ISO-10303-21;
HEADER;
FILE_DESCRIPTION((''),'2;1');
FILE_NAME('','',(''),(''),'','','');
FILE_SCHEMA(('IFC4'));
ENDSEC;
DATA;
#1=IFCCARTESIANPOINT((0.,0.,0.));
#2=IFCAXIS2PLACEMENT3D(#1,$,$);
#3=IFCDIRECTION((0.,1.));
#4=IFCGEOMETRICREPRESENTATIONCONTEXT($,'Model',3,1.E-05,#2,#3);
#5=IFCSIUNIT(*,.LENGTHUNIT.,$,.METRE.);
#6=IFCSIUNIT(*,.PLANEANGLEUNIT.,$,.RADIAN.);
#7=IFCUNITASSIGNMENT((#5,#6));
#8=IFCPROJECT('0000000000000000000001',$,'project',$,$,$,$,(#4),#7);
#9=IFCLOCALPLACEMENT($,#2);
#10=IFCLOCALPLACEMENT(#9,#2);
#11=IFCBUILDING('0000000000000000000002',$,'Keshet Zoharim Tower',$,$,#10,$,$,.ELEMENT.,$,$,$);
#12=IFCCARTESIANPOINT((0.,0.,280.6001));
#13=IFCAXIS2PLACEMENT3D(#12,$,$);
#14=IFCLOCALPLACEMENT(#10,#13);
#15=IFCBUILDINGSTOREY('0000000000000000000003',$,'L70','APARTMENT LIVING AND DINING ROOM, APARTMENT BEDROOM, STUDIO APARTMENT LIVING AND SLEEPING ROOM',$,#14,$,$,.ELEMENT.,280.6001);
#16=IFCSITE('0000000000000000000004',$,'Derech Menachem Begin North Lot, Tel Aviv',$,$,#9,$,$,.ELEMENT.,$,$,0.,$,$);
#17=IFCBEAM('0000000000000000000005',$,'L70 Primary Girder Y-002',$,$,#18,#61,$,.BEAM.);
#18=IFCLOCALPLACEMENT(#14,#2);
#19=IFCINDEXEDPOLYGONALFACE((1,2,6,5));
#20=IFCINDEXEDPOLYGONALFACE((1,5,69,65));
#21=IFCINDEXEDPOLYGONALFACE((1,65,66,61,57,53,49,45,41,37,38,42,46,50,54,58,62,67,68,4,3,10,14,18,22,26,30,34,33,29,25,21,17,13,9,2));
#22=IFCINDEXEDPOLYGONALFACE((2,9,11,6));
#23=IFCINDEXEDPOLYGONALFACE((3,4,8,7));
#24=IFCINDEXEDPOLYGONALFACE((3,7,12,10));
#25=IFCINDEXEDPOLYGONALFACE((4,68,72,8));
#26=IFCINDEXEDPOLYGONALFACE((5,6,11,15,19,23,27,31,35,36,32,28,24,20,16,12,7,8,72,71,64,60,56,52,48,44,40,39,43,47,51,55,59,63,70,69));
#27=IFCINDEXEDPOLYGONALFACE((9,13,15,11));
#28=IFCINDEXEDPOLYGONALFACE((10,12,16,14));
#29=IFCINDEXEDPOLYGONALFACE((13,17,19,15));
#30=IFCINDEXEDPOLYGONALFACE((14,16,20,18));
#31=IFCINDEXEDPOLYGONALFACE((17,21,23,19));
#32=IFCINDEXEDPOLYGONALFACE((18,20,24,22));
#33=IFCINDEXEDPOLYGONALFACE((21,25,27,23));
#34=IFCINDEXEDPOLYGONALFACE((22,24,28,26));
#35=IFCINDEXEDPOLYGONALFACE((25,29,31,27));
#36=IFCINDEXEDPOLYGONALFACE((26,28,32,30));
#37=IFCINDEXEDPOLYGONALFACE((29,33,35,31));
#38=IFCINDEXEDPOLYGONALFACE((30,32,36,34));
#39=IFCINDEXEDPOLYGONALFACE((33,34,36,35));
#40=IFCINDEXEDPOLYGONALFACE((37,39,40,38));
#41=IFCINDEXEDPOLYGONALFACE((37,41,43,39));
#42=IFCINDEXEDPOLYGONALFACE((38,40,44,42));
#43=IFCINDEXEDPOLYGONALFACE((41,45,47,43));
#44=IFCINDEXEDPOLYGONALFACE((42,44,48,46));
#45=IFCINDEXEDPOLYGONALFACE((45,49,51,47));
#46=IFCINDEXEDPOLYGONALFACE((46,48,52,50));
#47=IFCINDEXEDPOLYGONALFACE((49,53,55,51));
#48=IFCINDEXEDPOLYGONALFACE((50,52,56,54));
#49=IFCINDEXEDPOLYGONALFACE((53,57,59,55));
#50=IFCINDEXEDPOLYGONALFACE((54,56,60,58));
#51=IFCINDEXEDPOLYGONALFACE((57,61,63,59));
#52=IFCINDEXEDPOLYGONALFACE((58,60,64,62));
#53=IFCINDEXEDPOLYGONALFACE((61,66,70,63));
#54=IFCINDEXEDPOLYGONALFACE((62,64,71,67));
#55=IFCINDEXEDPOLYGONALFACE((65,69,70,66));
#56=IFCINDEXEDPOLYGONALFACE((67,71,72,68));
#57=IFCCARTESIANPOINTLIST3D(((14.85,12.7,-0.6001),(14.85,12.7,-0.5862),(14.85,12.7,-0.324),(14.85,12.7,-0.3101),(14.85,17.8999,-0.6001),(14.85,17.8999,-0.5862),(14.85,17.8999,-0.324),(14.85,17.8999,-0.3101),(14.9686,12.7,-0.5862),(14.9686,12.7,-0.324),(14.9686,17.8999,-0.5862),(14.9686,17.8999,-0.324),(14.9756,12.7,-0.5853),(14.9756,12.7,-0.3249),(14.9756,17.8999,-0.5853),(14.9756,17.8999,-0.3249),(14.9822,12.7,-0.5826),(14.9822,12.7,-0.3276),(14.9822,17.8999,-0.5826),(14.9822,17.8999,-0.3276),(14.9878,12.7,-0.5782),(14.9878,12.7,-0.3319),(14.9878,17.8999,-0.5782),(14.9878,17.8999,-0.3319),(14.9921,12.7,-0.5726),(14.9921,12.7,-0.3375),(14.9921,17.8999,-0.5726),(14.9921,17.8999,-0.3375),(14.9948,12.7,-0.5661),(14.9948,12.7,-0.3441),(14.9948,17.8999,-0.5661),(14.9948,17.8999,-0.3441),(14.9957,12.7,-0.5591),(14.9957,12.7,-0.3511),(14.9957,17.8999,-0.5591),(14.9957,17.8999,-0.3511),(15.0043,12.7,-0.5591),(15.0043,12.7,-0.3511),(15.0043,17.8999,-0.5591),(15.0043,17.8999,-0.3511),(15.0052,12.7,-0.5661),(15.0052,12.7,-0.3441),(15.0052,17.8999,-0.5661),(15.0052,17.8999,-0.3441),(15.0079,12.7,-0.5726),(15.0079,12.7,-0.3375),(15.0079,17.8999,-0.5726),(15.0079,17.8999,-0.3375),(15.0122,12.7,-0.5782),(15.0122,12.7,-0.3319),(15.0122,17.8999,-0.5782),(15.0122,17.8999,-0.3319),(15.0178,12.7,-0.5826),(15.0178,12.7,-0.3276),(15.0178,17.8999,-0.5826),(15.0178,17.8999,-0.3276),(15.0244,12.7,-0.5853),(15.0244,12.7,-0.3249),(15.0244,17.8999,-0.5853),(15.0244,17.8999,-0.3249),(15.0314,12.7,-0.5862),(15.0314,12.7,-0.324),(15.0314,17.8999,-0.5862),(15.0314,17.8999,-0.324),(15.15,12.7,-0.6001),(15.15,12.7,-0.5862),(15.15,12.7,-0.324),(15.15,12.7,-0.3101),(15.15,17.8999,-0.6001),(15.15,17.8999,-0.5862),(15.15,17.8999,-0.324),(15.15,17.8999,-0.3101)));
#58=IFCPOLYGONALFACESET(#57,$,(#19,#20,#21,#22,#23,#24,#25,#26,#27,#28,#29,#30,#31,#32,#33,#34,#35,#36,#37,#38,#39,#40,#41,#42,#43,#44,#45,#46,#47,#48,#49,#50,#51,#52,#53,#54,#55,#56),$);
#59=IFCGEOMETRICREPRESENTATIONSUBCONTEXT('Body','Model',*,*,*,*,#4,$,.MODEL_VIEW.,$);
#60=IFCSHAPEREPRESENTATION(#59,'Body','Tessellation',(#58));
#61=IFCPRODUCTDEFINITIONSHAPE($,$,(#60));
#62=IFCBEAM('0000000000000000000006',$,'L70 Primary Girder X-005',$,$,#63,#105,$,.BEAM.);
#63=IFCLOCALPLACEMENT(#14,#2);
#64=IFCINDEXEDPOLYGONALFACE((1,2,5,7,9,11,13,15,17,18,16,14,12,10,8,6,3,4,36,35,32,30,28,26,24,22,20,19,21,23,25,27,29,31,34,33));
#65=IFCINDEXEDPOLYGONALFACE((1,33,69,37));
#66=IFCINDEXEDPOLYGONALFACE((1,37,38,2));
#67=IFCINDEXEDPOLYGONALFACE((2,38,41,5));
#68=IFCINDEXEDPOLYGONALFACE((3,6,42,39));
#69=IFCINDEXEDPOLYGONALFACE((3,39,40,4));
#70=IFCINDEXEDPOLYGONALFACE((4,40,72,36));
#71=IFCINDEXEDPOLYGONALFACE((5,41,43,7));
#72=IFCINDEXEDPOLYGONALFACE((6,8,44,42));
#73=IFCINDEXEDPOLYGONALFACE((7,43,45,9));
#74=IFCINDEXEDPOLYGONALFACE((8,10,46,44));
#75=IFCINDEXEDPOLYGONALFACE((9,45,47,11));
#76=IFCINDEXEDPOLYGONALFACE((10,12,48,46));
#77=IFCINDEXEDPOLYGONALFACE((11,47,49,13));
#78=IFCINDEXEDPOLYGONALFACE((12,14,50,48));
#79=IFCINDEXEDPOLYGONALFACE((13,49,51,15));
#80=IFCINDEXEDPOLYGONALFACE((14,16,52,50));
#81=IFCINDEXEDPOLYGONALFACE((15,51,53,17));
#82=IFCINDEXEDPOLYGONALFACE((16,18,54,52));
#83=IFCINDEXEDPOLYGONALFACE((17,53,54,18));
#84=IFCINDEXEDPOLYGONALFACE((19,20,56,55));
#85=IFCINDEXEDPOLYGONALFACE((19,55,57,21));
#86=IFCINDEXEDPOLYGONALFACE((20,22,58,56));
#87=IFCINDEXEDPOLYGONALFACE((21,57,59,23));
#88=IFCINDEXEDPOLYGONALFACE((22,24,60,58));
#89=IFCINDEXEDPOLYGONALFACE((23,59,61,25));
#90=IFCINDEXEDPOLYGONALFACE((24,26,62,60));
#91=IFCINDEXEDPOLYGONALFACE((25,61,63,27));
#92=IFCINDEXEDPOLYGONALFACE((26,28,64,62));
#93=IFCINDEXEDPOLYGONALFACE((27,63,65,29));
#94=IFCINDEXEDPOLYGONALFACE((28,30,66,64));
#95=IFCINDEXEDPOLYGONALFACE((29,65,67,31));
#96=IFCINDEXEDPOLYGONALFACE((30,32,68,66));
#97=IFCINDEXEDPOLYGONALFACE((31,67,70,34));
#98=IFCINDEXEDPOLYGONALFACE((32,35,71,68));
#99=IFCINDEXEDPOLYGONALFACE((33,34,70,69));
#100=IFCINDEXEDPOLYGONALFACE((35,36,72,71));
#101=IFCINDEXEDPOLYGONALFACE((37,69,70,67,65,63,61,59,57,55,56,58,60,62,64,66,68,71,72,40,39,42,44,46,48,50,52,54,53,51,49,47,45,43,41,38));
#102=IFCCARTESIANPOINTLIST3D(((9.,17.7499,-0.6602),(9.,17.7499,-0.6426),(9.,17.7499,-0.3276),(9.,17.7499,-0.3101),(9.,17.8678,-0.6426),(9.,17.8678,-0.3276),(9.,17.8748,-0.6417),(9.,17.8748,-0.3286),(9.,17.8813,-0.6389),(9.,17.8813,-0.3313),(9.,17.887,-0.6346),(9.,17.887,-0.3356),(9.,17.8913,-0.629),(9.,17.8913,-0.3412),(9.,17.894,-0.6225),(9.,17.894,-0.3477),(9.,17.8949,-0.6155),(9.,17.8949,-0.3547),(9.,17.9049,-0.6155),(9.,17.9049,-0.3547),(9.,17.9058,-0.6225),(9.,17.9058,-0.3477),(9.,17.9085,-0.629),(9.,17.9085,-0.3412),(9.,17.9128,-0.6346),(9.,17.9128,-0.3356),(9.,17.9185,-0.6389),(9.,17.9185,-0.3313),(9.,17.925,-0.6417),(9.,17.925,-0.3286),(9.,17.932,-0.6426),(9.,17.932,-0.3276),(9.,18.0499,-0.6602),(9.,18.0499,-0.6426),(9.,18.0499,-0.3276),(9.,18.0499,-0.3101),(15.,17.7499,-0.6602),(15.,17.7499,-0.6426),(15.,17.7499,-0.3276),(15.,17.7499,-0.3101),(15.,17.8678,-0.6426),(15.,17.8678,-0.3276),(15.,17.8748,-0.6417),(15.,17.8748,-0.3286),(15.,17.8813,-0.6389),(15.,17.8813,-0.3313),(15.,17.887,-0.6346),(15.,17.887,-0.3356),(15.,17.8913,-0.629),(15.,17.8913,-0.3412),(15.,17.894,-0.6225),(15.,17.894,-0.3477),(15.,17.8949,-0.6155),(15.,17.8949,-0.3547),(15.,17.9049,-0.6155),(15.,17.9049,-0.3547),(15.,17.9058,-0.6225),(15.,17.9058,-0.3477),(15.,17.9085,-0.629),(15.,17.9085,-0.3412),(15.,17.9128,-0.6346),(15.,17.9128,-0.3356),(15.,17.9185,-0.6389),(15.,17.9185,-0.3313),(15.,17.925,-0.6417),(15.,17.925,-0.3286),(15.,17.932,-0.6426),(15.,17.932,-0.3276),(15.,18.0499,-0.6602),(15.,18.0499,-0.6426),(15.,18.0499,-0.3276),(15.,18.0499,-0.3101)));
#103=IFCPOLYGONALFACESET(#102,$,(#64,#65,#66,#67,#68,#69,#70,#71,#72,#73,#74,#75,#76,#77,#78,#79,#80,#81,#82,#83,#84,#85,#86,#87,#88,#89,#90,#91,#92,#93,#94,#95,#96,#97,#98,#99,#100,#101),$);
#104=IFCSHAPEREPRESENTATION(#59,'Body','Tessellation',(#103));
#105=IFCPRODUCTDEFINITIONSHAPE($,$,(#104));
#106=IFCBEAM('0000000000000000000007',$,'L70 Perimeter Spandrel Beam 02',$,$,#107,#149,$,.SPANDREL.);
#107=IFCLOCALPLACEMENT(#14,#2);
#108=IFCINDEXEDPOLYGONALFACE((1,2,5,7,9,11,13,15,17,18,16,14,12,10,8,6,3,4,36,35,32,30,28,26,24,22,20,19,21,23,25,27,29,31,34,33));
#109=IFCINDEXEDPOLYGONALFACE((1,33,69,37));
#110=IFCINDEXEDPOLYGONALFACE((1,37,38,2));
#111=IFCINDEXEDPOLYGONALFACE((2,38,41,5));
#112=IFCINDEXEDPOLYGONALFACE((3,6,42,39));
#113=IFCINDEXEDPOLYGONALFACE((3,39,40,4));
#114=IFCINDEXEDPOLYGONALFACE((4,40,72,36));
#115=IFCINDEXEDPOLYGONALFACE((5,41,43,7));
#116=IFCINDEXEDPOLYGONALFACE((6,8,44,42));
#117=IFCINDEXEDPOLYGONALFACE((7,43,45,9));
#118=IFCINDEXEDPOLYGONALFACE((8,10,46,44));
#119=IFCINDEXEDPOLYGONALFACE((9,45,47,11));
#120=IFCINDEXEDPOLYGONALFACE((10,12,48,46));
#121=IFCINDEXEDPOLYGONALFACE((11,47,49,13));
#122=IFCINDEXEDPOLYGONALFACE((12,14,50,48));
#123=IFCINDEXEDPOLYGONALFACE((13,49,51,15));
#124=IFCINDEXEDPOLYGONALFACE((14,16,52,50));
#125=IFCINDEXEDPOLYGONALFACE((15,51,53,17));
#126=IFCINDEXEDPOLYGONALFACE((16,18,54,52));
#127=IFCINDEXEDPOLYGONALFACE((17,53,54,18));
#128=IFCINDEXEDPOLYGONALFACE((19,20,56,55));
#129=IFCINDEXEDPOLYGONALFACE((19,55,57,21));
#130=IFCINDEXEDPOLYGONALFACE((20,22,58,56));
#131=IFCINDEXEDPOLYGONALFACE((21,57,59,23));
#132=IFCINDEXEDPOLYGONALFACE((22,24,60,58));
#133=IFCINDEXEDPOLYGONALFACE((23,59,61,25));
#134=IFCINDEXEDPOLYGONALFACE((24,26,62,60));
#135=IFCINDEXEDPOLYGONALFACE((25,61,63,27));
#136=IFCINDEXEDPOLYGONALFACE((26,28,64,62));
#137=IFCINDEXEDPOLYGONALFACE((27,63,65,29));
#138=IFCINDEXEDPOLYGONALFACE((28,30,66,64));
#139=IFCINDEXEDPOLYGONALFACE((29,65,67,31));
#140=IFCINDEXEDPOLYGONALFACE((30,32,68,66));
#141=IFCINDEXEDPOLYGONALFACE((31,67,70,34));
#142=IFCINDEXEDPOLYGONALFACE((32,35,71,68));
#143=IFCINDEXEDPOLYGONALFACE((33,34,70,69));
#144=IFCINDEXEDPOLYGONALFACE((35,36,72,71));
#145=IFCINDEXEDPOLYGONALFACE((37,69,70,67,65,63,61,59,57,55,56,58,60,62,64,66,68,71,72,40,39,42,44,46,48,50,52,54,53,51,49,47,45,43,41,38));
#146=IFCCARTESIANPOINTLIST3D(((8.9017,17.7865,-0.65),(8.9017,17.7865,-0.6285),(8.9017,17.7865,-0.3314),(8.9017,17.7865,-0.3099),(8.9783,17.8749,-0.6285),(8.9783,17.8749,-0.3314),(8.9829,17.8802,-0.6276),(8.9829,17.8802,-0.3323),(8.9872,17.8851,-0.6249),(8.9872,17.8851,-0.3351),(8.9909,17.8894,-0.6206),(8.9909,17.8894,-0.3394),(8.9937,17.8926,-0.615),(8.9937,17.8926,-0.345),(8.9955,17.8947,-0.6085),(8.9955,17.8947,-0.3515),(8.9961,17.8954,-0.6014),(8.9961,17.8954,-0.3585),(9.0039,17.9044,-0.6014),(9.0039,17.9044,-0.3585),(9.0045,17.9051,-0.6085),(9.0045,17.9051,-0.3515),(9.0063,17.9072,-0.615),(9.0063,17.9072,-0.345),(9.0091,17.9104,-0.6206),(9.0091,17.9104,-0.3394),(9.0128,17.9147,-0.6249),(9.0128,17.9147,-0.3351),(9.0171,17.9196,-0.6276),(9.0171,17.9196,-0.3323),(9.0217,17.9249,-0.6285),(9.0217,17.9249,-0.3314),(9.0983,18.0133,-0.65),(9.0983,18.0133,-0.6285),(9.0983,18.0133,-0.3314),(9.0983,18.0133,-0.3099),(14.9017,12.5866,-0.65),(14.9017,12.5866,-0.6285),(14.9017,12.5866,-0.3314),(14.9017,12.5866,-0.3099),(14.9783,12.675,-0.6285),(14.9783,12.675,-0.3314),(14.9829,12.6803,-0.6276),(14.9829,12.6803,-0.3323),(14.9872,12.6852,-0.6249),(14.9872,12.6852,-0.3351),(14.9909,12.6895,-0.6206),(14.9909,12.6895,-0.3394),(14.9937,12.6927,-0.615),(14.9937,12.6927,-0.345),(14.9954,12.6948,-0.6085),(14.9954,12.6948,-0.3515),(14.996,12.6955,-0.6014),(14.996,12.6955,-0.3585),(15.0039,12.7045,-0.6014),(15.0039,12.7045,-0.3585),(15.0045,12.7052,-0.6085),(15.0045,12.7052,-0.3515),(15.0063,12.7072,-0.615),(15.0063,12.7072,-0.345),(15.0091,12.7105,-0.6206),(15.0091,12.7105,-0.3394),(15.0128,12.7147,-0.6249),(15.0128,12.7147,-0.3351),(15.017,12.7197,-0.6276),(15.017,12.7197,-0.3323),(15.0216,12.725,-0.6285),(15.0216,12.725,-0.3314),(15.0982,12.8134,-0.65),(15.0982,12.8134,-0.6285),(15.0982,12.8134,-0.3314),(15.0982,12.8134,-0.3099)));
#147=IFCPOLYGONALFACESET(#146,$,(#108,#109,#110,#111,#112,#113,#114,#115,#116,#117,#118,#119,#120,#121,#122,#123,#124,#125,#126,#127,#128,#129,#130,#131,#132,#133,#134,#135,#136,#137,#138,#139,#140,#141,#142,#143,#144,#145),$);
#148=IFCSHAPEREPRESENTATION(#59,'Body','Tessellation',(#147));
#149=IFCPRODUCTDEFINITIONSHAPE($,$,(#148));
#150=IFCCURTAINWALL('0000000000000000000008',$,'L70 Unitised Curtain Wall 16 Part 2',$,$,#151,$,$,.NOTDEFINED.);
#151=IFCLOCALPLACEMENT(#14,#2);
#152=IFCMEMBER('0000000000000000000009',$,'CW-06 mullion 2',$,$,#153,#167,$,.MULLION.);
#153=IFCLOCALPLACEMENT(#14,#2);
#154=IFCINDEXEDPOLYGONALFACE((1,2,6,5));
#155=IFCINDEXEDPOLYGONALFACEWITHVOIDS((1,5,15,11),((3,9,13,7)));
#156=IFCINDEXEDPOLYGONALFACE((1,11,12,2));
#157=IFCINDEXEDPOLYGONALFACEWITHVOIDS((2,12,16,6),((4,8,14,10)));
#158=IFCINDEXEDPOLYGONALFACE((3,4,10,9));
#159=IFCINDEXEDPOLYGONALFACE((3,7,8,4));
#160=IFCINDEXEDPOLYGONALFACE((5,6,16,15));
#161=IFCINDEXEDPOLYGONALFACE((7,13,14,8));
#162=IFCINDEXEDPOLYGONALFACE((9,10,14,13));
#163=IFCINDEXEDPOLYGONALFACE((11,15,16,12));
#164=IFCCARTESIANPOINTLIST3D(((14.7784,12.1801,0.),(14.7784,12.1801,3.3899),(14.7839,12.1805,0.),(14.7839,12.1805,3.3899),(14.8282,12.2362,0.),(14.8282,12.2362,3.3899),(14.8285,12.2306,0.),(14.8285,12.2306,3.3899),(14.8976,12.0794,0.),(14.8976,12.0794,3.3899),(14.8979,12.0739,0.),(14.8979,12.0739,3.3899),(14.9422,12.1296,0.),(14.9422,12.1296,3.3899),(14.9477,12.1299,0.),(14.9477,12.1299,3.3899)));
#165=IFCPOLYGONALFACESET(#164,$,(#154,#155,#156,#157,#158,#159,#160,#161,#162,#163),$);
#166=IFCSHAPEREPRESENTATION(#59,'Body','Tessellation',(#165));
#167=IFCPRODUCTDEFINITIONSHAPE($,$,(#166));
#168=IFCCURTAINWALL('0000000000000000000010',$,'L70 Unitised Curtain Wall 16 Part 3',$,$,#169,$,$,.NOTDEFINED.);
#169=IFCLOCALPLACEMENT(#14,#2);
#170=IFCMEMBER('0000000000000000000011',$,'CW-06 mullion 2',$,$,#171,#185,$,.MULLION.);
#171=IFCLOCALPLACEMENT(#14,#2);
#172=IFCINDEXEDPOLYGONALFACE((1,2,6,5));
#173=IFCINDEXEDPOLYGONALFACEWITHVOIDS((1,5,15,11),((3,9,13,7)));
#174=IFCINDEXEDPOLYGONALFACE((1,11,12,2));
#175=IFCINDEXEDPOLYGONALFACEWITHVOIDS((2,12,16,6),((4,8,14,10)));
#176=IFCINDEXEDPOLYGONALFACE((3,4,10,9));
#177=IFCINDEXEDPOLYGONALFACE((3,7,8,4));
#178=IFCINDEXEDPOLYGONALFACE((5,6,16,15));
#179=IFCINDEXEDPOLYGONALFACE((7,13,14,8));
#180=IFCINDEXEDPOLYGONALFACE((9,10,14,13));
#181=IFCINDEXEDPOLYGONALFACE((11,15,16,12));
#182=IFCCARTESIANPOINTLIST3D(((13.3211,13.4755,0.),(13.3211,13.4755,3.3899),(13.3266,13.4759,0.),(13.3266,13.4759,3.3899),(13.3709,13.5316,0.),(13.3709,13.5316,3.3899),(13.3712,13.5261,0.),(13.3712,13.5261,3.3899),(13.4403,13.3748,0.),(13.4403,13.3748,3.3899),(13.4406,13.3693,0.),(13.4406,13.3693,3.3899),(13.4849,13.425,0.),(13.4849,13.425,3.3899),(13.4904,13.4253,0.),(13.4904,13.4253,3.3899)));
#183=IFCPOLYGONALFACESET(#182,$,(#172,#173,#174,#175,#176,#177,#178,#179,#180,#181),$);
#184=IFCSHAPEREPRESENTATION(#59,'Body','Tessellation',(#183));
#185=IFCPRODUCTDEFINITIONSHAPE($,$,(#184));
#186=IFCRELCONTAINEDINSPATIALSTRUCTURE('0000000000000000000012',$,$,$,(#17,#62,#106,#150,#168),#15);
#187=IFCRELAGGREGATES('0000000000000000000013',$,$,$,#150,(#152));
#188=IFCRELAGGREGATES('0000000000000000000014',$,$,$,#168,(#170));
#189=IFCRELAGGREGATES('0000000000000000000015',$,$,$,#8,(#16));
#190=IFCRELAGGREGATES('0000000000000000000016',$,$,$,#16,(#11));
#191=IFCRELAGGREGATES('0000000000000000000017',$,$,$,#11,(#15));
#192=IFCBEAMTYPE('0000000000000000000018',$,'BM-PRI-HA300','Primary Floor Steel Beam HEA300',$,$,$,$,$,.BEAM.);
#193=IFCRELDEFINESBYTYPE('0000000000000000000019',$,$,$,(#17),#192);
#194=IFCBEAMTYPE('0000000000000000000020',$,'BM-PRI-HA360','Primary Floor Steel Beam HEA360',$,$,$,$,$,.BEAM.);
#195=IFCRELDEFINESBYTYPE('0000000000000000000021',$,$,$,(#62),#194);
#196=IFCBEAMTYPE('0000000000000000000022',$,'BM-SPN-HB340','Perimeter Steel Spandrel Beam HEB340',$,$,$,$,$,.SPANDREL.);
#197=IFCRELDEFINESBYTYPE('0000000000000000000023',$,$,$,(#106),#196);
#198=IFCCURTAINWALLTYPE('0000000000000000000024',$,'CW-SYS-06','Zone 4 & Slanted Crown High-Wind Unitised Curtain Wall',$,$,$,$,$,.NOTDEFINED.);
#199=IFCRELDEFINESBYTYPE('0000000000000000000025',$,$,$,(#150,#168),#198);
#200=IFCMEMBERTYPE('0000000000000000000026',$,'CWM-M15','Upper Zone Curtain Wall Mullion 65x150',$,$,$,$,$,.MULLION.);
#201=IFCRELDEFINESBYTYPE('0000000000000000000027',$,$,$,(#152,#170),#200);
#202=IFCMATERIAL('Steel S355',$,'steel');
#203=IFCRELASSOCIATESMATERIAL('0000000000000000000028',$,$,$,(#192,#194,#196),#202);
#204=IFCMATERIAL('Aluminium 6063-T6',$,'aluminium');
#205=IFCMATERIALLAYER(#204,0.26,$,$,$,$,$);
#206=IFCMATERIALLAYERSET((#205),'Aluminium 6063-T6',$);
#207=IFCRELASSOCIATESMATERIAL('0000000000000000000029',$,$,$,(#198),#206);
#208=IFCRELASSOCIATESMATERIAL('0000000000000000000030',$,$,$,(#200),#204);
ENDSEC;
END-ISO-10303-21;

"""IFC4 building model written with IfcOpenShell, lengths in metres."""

from ifc_helpers import new_model, si_unit, direction, frame, origin, origin_2d, place, context, subcontext, project, spatial, hollow_rectangle, i_section, extrude, material, layer, layer_set, material_profile, profile_set, type_object, element, aggregate, save


model = new_model("IFC4")

# Units and contexts
model_context = context("Model", 3, precision=1e-05, world=origin(), true_north=direction((0.0, 1.0)))
body_context = subcontext(model_context, "Body", "Model", "MODEL_VIEW")
ifc_project = project(units=[si_unit("LENGTHUNIT", "METRE"), si_unit("PLANEANGLEUNIT", "RADIAN")], contexts=[model_context])

# Site, building, storey
site_placement = place(None, origin())
site = spatial("IfcSite", under=ifc_project, at=site_placement, Name="Derech Menachem Begin North Lot, Tel Aviv", CompositionType="ELEMENT", RefElevation=0.0)
building_placement = place(site_placement, origin())
building = spatial("IfcBuilding", under=site, at=building_placement, Name="Keshet Zoharim Tower", CompositionType="ELEMENT")
storey_placement = place(building_placement, frame((0.0, 0.0, 280.6001)))
storey = spatial("IfcBuildingStorey", under=building, at=storey_placement, Name="L70", Description="APARTMENT LIVING AND DINING ROOM, APARTMENT BEDROOM, STUDIO APARTMENT LIVING AND SLEEPING ROOM", CompositionType="ELEMENT", Elevation=280.6001)

# Shared definitions
ifc_material_1 = material(Name="Steel S355", Category="steel")

# Beams
ifc_material_profile_1 = material_profile(ifc_material_1, i_section(OverallWidth=0.3, OverallDepth=0.29, WebThickness=0.0085, FlangeThickness=0.0139, FilletRadius=0.0271, at=origin_2d()), Name="HEA300")
ifc_profile_set_1 = profile_set([ifc_material_profile_1], Name="Steel S355")
beam_type_1 = type_object("IfcBeamType", Name="BM-PRI-HA300", Description="Primary Floor Steel Beam HEA300", PredefinedType="BEAM", material=ifc_profile_set_1)
beam_1_placement = place(storey_placement, frame((15.0, 12.7, -0.4551), z_axis=(0.0, 1.0, 0.0), x_axis=(-1.0, 0.0, 0.0)))
element("IfcBeam", 1, at=beam_1_placement, inside=storey, type_object=beam_type_1, Name="L70 Primary Girder Y-002", PredefinedType="BEAM", context=body_context, shape_type="SweptSolid", body=[
    extrude(i_section(OverallWidth=0.3, OverallDepth=0.29, WebThickness=0.0085, FlangeThickness=0.0139, FilletRadius=0.0271, at=origin_2d()), origin(), (0.0, 0.0, 1.0), 5.2),
])
ifc_material_profile_2 = material_profile(ifc_material_1, i_section(OverallWidth=0.3, OverallDepth=0.3501, WebThickness=0.01, FlangeThickness=0.0176, FilletRadius=0.0271, at=origin_2d()), Name="HEA360")
ifc_profile_set_2 = profile_set([ifc_material_profile_2], Name="Steel S355")
beam_type_2 = type_object("IfcBeamType", Name="BM-PRI-HA360", Description="Primary Floor Steel Beam HEA360", PredefinedType="BEAM", material=ifc_profile_set_2)
beam_2_placement = place(storey_placement, frame((9.0, 17.8999, -0.4851), z_axis=(1.0, 0.0, 0.0), x_axis=(0.0, 1.0, 0.0)))
element("IfcBeam", 2, at=beam_2_placement, inside=storey, type_object=beam_type_2, Name="L70 Primary Girder X-005", PredefinedType="BEAM", context=body_context, shape_type="SweptSolid", body=[
    extrude(i_section(OverallWidth=0.3, OverallDepth=0.3501, WebThickness=0.01, FlangeThickness=0.0176, FilletRadius=0.0271, at=origin_2d()), origin(), (0.0, 0.0, 1.0), 6.0),
])
ifc_material_profile_3 = material_profile(ifc_material_1, i_section(OverallWidth=0.3, OverallDepth=0.3401, WebThickness=0.012, FlangeThickness=0.0215, FilletRadius=0.0271, at=origin_2d()), Name="HEB340")
ifc_profile_set_3 = profile_set([ifc_material_profile_3], Name="Steel S355")
beam_type_3 = type_object("IfcBeamType", Name="BM-SPN-HB340", Description="Perimeter Steel Spandrel Beam HEB340", PredefinedType="SPANDREL", material=ifc_profile_set_3)
beam_3_placement = place(storey_placement, frame((9.0, 17.8999, -0.48), z_axis=(0.755692, -0.654927, 0.0), x_axis=(0.654927, 0.755692, 0.0)))
element("IfcBeam", 3, at=beam_3_placement, inside=storey, type_object=beam_type_3, Name="L70 Perimeter Spandrel Beam 02", PredefinedType="SPANDREL", context=body_context, shape_type="SweptSolid", body=[
    extrude(i_section(OverallWidth=0.3, OverallDepth=0.3401, WebThickness=0.012, FlangeThickness=0.0215, FilletRadius=0.0271, at=origin_2d()), origin(), (0.0, 0.0, 1.0), 7.9397),
])

# Curtain wall, member
ifc_material_2 = material(Name="Aluminium 6063-T6", Category="aluminium")
ifc_layer_1 = layer(ifc_material_2, 0.26)
ifc_layer_set_1 = layer_set([ifc_layer_1], Name="Aluminium 6063-T6")
curtain_wall_type = type_object("IfcCurtainWallType", Name="CW-SYS-06", Description="Zone 4 & Slanted Crown High-Wind Unitised Curtain Wall", PredefinedType="NOTDEFINED", material=ifc_layer_set_1)
curtain_wall_1_placement = place(storey_placement, origin())
curtain_wall_1 = element("IfcCurtainWall", 4, at=curtain_wall_1_placement, inside=storey, type_object=curtain_wall_type, Name="L70 Unitised Curtain Wall 16 Part 2", PredefinedType="NOTDEFINED")
ifc_material_profile_4 = material_profile(ifc_material_2, hollow_rectangle(XDim=0.075, YDim=0.1599, WallThickness=0.0039, at=origin_2d()), Name="MUL-75x160")
ifc_profile_set_4 = profile_set([ifc_material_profile_4], Name="Aluminium 6063-T6")
member_type_1 = type_object("IfcMemberType", Name="CWM-M15", Description="Upper Zone Curtain Wall Mullion 65x150", PredefinedType="MULLION", material=ifc_profile_set_4)
member_1_placement = place(storey_placement, frame((14.863, 12.155, 0.0), z_axis=(0.0, 0.0, 1.0), x_axis=(-0.664365, -0.747408, 0.0)))
member_1 = element("IfcMember", 5, at=member_1_placement, type_object=member_type_1, Name="CW-06 mullion 2", PredefinedType="MULLION", context=body_context, shape_type="SweptSolid", body=[
    extrude(hollow_rectangle(XDim=0.075, YDim=0.1599, WallThickness=0.0039, at=origin_2d()), origin(), (0.0, 0.0, 1.0), 3.3899),
])
aggregate(curtain_wall_1, [member_1])

# Curtain wall, member
curtain_wall_2_placement = place(storey_placement, origin())
curtain_wall_2 = element("IfcCurtainWall", 6, at=curtain_wall_2_placement, inside=storey, type_object=curtain_wall_type, Name="L70 Unitised Curtain Wall 16 Part 3", PredefinedType="NOTDEFINED")
member_2_placement = place(storey_placement, frame((13.4058, 13.4504, 0.0), z_axis=(0.0, 0.0, 1.0), x_axis=(-0.664338, -0.747432, 0.0)))
member_2 = element("IfcMember", 7, at=member_2_placement, type_object=member_type_1, Name="CW-06 mullion 2", PredefinedType="MULLION", context=body_context, shape_type="SweptSolid", body=[
    extrude(hollow_rectangle(XDim=0.075, YDim=0.1599, WallThickness=0.0039, at=origin_2d()), origin(), (0.0, 0.0, 1.0), 3.3899),
])

aggregate(curtain_wall_2, [member_2])

save(model, "model.ifc")
